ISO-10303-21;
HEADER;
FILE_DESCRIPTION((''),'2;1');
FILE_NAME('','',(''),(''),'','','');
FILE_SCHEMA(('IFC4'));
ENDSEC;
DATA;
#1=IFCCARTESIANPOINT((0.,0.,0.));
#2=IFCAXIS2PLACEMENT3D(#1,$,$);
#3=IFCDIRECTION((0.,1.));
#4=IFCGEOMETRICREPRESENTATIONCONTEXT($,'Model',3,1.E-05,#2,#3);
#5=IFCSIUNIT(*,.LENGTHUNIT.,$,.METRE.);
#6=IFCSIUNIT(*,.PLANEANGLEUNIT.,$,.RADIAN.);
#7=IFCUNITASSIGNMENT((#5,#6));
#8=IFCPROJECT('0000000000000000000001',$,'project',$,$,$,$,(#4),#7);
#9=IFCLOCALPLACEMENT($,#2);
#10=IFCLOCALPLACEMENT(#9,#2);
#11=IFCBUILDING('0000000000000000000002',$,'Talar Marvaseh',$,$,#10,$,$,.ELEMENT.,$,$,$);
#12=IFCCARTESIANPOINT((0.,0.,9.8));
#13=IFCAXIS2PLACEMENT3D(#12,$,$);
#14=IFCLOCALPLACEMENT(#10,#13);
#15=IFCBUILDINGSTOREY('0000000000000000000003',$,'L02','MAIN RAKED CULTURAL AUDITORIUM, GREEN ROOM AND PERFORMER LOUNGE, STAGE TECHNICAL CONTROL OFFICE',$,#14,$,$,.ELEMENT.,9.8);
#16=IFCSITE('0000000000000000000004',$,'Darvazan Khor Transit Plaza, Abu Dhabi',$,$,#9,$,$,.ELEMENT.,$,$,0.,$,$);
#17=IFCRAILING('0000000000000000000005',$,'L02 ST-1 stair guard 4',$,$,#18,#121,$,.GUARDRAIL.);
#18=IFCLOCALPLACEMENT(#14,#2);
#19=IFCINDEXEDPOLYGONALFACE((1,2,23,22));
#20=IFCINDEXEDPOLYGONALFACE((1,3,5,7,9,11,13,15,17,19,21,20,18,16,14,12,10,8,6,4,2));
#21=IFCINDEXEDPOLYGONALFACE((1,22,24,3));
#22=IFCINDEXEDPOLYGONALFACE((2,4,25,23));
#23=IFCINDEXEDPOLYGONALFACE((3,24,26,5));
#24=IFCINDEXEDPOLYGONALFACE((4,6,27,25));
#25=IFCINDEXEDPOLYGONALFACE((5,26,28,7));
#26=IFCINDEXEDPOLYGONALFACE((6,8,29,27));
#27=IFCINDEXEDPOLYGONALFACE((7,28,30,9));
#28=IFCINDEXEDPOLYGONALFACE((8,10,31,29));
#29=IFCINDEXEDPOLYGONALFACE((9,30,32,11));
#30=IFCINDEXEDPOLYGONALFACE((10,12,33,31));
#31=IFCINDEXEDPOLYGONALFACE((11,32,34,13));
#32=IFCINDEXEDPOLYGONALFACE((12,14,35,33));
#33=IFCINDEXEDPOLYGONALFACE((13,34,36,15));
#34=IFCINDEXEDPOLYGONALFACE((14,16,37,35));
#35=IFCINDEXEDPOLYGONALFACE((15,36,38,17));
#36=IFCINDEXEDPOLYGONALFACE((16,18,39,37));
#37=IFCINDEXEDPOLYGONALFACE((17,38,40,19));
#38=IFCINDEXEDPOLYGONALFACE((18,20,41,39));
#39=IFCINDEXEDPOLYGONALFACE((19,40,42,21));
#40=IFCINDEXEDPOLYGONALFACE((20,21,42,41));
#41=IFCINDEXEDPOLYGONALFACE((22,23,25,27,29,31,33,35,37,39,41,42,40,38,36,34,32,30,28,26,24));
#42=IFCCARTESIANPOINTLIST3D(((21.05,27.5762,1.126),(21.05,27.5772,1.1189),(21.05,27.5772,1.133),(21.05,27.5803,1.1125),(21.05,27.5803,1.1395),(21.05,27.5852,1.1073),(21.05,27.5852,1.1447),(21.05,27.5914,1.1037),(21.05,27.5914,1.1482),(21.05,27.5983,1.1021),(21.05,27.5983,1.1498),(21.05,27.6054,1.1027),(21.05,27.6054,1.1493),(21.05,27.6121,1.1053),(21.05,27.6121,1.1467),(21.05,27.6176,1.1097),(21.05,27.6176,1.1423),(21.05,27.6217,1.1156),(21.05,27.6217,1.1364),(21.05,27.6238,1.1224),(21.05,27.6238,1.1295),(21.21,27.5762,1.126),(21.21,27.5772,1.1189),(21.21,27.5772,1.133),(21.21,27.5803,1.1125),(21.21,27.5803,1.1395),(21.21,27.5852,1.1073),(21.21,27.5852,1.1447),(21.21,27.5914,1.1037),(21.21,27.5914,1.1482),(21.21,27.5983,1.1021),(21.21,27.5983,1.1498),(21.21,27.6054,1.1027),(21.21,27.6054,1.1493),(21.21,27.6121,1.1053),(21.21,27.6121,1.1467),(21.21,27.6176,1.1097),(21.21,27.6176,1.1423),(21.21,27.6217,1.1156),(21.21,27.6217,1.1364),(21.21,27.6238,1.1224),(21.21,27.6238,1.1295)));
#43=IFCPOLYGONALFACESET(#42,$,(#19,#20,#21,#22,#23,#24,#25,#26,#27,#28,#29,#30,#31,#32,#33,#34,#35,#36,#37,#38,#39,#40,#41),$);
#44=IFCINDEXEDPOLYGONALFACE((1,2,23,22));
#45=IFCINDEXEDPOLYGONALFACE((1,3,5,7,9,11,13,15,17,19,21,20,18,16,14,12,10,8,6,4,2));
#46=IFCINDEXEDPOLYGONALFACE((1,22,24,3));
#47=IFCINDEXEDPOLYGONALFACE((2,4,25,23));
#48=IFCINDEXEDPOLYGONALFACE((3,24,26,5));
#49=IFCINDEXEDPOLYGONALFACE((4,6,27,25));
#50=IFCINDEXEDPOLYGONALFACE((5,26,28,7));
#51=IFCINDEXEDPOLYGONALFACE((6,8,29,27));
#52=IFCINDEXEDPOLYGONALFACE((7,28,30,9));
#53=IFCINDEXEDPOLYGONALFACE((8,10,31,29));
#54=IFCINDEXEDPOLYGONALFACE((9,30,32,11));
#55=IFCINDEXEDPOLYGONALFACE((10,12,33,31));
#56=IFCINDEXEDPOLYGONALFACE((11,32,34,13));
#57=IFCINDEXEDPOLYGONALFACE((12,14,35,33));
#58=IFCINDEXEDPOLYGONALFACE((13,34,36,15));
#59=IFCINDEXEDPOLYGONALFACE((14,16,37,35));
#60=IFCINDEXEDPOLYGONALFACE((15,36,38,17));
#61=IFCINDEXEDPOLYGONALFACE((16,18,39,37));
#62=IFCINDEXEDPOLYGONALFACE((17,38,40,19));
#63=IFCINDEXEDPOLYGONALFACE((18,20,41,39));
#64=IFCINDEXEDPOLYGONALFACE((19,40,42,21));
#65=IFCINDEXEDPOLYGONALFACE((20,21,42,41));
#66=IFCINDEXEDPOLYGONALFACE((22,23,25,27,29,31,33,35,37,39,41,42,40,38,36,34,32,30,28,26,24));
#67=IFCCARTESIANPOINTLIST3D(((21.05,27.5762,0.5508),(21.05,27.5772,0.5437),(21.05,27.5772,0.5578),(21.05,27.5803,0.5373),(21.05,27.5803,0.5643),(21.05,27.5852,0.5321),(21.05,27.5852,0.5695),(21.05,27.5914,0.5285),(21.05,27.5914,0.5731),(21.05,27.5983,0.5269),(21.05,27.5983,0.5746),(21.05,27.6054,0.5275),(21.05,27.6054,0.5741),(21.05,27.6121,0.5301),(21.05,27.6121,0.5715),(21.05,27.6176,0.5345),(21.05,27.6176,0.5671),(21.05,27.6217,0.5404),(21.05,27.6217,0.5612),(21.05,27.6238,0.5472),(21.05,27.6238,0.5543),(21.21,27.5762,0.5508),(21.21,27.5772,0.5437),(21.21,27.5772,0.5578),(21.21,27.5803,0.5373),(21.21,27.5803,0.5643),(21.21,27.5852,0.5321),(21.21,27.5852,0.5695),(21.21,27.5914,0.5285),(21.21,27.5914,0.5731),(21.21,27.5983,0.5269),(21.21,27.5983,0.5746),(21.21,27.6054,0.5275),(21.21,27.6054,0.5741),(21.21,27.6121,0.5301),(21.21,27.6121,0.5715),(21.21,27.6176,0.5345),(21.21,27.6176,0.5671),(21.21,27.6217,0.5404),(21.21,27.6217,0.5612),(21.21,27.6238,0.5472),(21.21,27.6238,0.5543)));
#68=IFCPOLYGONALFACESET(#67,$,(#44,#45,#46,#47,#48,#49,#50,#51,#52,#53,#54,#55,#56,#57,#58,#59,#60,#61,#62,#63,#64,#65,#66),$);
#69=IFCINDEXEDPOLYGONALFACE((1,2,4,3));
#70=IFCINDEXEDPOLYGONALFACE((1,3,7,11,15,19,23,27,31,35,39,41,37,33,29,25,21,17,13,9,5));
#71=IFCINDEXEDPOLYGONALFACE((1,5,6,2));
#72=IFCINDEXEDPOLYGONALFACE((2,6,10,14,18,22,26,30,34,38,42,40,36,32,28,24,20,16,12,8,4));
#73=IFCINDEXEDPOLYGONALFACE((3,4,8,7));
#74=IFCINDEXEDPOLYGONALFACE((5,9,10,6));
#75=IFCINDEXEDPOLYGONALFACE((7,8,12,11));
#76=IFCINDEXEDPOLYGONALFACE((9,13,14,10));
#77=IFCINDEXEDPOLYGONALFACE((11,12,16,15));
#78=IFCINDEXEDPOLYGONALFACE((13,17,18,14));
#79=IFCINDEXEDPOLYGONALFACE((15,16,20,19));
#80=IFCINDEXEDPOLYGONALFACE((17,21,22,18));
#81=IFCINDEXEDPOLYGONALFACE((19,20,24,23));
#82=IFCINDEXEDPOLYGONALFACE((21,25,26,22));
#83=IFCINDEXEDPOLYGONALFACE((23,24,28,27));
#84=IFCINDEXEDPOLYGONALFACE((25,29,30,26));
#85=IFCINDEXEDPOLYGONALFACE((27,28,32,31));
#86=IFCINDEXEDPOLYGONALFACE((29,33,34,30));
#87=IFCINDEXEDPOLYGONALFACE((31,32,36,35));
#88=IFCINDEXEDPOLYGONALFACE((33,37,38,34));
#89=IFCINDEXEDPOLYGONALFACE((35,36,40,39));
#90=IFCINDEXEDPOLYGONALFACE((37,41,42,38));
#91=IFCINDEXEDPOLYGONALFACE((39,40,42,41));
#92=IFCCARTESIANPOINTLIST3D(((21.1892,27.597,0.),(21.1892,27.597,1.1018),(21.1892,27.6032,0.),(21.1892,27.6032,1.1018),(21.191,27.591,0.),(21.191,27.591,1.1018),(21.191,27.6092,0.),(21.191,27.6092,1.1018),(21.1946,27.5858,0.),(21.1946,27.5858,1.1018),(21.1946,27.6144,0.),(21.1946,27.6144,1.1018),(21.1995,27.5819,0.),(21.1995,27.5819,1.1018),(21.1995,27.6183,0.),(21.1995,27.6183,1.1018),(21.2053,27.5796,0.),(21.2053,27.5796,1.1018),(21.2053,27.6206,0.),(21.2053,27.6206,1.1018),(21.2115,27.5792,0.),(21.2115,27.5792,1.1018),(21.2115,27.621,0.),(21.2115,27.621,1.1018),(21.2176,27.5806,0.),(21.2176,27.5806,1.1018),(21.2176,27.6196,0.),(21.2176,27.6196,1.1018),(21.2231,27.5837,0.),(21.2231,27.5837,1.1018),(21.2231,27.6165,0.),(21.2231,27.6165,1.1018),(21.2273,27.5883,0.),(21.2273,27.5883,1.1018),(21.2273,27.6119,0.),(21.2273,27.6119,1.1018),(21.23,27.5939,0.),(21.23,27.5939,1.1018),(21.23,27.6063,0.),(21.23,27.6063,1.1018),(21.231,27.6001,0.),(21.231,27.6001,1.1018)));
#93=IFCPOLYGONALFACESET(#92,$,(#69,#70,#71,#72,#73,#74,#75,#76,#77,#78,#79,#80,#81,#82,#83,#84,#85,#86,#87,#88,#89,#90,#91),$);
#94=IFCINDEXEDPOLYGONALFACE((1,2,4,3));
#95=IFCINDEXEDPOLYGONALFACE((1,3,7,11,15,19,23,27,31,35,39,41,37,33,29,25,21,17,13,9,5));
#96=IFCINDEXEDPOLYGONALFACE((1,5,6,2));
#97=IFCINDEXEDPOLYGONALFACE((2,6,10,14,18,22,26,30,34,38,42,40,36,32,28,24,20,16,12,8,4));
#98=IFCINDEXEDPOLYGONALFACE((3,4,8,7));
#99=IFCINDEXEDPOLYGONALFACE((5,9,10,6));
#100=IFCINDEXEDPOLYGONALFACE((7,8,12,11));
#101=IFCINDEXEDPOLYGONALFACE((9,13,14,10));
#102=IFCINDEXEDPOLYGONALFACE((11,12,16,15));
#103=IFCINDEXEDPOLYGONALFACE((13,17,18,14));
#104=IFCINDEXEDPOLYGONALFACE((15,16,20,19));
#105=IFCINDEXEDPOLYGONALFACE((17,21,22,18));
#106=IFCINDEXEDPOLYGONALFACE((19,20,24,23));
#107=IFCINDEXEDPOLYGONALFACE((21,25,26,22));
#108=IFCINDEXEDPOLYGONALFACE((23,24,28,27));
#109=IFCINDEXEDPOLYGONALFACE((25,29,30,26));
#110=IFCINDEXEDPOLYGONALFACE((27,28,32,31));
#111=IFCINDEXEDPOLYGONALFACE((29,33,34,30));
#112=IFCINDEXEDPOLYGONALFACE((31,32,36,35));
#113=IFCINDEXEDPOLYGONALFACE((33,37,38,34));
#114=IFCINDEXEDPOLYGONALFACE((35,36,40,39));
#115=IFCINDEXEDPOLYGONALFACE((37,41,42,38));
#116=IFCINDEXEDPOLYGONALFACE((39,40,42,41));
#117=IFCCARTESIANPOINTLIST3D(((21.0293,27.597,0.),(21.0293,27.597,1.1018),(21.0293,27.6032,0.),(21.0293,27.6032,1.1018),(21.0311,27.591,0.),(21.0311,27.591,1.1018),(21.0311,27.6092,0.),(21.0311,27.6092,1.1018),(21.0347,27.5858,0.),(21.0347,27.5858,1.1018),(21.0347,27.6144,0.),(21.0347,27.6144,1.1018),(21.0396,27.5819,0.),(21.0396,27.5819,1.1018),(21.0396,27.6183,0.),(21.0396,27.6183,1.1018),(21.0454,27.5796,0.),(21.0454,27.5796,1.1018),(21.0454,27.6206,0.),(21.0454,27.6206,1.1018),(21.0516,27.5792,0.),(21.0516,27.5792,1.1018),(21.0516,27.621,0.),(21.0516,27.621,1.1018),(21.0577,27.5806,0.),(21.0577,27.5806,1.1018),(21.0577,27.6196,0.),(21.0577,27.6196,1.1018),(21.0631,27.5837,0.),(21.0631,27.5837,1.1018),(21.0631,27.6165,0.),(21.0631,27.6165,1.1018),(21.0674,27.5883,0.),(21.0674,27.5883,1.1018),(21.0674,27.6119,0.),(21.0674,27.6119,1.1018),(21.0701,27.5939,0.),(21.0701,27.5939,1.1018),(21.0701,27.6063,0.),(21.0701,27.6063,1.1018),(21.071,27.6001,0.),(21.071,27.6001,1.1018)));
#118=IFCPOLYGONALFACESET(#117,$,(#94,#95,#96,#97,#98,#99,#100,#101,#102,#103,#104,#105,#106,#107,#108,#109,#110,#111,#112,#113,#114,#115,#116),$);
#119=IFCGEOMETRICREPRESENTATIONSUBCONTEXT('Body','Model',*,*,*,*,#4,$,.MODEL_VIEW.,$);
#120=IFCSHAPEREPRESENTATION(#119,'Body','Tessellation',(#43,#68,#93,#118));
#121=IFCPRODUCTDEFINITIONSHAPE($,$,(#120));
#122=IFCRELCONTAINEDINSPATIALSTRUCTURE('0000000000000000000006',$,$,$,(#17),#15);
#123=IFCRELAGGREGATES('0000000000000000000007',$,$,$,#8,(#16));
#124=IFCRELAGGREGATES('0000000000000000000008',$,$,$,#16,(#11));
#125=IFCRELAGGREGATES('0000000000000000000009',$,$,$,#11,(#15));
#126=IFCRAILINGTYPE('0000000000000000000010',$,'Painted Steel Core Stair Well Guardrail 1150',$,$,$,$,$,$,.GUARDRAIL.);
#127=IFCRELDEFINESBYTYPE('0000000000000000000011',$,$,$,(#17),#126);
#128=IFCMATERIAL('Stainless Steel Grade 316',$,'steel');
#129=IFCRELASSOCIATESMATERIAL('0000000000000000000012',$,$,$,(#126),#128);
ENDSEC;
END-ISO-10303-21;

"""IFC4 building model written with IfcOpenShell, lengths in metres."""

from ifc_helpers import new_model, si_unit, direction, frame, origin, origin_2d, place, context, subcontext, project, spatial, circle, extrude, material, type_object, element, save


model = new_model("IFC4")

# Units and contexts
model_context = context("Model", 3, precision=1e-05, world=origin(), true_north=direction((0.0, 1.0)))
body_context = subcontext(model_context, "Body", "Model", "MODEL_VIEW")
ifc_project = project(units=[si_unit("LENGTHUNIT", "METRE"), si_unit("PLANEANGLEUNIT", "RADIAN")], contexts=[model_context])

# Site, building, storey
site_placement = place(None, origin())
site = spatial("IfcSite", under=ifc_project, at=site_placement, Name="Darvazan Khor Transit Plaza, Abu Dhabi", CompositionType="ELEMENT", RefElevation=0.0)
building_placement = place(site_placement, origin())
building = spatial("IfcBuilding", under=site, at=building_placement, Name="Talar Marvaseh", CompositionType="ELEMENT")
storey_placement = place(building_placement, frame((0.0, 0.0, 9.8)))
storey = spatial("IfcBuildingStorey", under=building, at=storey_placement, Name="L02", Description="MAIN RAKED CULTURAL AUDITORIUM, GREEN ROOM AND PERFORMER LOUNGE, STAGE TECHNICAL CONTROL OFFICE", CompositionType="ELEMENT", Elevation=9.8)

# Railing
ifc_material_1 = material(Name="Stainless Steel Grade 316", Category="steel")
railing_type = type_object("IfcRailingType", Name="Painted Steel Core Stair Well Guardrail 1150", PredefinedType="GUARDRAIL", material=ifc_material_1)
railing_placement = place(storey_placement, frame((21.21, 27.6001, 0.0)))
element("IfcRailing", 1, at=railing_placement, inside=storey, type_object=railing_type, Name="L02 ST-1 stair guard 4", PredefinedType="GUARDRAIL", context=body_context, shape_type="SweptSolid", body=[
    extrude(circle(Radius=0.0239, at=origin_2d()), frame((0.0, 0.0, 1.126), z_axis=(-1.0, 0.0, 0.0), x_axis=(0.0, -1.0, 0.0)), (0.0, 0.0, 1.0), 0.1599),
    extrude(circle(Radius=0.0239, at=origin_2d()), frame((0.0, 0.0, 0.5508), z_axis=(-1.0, 0.0, 0.0), x_axis=(0.0, -1.0, 0.0)), (0.0, 0.0, 1.0), 0.1599),
    extrude(circle(Radius=0.021, at=origin_2d()), origin(), (0.0, 0.0, 1.0), 1.1018),
    extrude(circle(Radius=0.021, at=origin_2d()), frame((-0.1599, 0.0, 0.0)), (0.0, 0.0, 1.0), 1.1018),
])

save(model, "model.ifc")
